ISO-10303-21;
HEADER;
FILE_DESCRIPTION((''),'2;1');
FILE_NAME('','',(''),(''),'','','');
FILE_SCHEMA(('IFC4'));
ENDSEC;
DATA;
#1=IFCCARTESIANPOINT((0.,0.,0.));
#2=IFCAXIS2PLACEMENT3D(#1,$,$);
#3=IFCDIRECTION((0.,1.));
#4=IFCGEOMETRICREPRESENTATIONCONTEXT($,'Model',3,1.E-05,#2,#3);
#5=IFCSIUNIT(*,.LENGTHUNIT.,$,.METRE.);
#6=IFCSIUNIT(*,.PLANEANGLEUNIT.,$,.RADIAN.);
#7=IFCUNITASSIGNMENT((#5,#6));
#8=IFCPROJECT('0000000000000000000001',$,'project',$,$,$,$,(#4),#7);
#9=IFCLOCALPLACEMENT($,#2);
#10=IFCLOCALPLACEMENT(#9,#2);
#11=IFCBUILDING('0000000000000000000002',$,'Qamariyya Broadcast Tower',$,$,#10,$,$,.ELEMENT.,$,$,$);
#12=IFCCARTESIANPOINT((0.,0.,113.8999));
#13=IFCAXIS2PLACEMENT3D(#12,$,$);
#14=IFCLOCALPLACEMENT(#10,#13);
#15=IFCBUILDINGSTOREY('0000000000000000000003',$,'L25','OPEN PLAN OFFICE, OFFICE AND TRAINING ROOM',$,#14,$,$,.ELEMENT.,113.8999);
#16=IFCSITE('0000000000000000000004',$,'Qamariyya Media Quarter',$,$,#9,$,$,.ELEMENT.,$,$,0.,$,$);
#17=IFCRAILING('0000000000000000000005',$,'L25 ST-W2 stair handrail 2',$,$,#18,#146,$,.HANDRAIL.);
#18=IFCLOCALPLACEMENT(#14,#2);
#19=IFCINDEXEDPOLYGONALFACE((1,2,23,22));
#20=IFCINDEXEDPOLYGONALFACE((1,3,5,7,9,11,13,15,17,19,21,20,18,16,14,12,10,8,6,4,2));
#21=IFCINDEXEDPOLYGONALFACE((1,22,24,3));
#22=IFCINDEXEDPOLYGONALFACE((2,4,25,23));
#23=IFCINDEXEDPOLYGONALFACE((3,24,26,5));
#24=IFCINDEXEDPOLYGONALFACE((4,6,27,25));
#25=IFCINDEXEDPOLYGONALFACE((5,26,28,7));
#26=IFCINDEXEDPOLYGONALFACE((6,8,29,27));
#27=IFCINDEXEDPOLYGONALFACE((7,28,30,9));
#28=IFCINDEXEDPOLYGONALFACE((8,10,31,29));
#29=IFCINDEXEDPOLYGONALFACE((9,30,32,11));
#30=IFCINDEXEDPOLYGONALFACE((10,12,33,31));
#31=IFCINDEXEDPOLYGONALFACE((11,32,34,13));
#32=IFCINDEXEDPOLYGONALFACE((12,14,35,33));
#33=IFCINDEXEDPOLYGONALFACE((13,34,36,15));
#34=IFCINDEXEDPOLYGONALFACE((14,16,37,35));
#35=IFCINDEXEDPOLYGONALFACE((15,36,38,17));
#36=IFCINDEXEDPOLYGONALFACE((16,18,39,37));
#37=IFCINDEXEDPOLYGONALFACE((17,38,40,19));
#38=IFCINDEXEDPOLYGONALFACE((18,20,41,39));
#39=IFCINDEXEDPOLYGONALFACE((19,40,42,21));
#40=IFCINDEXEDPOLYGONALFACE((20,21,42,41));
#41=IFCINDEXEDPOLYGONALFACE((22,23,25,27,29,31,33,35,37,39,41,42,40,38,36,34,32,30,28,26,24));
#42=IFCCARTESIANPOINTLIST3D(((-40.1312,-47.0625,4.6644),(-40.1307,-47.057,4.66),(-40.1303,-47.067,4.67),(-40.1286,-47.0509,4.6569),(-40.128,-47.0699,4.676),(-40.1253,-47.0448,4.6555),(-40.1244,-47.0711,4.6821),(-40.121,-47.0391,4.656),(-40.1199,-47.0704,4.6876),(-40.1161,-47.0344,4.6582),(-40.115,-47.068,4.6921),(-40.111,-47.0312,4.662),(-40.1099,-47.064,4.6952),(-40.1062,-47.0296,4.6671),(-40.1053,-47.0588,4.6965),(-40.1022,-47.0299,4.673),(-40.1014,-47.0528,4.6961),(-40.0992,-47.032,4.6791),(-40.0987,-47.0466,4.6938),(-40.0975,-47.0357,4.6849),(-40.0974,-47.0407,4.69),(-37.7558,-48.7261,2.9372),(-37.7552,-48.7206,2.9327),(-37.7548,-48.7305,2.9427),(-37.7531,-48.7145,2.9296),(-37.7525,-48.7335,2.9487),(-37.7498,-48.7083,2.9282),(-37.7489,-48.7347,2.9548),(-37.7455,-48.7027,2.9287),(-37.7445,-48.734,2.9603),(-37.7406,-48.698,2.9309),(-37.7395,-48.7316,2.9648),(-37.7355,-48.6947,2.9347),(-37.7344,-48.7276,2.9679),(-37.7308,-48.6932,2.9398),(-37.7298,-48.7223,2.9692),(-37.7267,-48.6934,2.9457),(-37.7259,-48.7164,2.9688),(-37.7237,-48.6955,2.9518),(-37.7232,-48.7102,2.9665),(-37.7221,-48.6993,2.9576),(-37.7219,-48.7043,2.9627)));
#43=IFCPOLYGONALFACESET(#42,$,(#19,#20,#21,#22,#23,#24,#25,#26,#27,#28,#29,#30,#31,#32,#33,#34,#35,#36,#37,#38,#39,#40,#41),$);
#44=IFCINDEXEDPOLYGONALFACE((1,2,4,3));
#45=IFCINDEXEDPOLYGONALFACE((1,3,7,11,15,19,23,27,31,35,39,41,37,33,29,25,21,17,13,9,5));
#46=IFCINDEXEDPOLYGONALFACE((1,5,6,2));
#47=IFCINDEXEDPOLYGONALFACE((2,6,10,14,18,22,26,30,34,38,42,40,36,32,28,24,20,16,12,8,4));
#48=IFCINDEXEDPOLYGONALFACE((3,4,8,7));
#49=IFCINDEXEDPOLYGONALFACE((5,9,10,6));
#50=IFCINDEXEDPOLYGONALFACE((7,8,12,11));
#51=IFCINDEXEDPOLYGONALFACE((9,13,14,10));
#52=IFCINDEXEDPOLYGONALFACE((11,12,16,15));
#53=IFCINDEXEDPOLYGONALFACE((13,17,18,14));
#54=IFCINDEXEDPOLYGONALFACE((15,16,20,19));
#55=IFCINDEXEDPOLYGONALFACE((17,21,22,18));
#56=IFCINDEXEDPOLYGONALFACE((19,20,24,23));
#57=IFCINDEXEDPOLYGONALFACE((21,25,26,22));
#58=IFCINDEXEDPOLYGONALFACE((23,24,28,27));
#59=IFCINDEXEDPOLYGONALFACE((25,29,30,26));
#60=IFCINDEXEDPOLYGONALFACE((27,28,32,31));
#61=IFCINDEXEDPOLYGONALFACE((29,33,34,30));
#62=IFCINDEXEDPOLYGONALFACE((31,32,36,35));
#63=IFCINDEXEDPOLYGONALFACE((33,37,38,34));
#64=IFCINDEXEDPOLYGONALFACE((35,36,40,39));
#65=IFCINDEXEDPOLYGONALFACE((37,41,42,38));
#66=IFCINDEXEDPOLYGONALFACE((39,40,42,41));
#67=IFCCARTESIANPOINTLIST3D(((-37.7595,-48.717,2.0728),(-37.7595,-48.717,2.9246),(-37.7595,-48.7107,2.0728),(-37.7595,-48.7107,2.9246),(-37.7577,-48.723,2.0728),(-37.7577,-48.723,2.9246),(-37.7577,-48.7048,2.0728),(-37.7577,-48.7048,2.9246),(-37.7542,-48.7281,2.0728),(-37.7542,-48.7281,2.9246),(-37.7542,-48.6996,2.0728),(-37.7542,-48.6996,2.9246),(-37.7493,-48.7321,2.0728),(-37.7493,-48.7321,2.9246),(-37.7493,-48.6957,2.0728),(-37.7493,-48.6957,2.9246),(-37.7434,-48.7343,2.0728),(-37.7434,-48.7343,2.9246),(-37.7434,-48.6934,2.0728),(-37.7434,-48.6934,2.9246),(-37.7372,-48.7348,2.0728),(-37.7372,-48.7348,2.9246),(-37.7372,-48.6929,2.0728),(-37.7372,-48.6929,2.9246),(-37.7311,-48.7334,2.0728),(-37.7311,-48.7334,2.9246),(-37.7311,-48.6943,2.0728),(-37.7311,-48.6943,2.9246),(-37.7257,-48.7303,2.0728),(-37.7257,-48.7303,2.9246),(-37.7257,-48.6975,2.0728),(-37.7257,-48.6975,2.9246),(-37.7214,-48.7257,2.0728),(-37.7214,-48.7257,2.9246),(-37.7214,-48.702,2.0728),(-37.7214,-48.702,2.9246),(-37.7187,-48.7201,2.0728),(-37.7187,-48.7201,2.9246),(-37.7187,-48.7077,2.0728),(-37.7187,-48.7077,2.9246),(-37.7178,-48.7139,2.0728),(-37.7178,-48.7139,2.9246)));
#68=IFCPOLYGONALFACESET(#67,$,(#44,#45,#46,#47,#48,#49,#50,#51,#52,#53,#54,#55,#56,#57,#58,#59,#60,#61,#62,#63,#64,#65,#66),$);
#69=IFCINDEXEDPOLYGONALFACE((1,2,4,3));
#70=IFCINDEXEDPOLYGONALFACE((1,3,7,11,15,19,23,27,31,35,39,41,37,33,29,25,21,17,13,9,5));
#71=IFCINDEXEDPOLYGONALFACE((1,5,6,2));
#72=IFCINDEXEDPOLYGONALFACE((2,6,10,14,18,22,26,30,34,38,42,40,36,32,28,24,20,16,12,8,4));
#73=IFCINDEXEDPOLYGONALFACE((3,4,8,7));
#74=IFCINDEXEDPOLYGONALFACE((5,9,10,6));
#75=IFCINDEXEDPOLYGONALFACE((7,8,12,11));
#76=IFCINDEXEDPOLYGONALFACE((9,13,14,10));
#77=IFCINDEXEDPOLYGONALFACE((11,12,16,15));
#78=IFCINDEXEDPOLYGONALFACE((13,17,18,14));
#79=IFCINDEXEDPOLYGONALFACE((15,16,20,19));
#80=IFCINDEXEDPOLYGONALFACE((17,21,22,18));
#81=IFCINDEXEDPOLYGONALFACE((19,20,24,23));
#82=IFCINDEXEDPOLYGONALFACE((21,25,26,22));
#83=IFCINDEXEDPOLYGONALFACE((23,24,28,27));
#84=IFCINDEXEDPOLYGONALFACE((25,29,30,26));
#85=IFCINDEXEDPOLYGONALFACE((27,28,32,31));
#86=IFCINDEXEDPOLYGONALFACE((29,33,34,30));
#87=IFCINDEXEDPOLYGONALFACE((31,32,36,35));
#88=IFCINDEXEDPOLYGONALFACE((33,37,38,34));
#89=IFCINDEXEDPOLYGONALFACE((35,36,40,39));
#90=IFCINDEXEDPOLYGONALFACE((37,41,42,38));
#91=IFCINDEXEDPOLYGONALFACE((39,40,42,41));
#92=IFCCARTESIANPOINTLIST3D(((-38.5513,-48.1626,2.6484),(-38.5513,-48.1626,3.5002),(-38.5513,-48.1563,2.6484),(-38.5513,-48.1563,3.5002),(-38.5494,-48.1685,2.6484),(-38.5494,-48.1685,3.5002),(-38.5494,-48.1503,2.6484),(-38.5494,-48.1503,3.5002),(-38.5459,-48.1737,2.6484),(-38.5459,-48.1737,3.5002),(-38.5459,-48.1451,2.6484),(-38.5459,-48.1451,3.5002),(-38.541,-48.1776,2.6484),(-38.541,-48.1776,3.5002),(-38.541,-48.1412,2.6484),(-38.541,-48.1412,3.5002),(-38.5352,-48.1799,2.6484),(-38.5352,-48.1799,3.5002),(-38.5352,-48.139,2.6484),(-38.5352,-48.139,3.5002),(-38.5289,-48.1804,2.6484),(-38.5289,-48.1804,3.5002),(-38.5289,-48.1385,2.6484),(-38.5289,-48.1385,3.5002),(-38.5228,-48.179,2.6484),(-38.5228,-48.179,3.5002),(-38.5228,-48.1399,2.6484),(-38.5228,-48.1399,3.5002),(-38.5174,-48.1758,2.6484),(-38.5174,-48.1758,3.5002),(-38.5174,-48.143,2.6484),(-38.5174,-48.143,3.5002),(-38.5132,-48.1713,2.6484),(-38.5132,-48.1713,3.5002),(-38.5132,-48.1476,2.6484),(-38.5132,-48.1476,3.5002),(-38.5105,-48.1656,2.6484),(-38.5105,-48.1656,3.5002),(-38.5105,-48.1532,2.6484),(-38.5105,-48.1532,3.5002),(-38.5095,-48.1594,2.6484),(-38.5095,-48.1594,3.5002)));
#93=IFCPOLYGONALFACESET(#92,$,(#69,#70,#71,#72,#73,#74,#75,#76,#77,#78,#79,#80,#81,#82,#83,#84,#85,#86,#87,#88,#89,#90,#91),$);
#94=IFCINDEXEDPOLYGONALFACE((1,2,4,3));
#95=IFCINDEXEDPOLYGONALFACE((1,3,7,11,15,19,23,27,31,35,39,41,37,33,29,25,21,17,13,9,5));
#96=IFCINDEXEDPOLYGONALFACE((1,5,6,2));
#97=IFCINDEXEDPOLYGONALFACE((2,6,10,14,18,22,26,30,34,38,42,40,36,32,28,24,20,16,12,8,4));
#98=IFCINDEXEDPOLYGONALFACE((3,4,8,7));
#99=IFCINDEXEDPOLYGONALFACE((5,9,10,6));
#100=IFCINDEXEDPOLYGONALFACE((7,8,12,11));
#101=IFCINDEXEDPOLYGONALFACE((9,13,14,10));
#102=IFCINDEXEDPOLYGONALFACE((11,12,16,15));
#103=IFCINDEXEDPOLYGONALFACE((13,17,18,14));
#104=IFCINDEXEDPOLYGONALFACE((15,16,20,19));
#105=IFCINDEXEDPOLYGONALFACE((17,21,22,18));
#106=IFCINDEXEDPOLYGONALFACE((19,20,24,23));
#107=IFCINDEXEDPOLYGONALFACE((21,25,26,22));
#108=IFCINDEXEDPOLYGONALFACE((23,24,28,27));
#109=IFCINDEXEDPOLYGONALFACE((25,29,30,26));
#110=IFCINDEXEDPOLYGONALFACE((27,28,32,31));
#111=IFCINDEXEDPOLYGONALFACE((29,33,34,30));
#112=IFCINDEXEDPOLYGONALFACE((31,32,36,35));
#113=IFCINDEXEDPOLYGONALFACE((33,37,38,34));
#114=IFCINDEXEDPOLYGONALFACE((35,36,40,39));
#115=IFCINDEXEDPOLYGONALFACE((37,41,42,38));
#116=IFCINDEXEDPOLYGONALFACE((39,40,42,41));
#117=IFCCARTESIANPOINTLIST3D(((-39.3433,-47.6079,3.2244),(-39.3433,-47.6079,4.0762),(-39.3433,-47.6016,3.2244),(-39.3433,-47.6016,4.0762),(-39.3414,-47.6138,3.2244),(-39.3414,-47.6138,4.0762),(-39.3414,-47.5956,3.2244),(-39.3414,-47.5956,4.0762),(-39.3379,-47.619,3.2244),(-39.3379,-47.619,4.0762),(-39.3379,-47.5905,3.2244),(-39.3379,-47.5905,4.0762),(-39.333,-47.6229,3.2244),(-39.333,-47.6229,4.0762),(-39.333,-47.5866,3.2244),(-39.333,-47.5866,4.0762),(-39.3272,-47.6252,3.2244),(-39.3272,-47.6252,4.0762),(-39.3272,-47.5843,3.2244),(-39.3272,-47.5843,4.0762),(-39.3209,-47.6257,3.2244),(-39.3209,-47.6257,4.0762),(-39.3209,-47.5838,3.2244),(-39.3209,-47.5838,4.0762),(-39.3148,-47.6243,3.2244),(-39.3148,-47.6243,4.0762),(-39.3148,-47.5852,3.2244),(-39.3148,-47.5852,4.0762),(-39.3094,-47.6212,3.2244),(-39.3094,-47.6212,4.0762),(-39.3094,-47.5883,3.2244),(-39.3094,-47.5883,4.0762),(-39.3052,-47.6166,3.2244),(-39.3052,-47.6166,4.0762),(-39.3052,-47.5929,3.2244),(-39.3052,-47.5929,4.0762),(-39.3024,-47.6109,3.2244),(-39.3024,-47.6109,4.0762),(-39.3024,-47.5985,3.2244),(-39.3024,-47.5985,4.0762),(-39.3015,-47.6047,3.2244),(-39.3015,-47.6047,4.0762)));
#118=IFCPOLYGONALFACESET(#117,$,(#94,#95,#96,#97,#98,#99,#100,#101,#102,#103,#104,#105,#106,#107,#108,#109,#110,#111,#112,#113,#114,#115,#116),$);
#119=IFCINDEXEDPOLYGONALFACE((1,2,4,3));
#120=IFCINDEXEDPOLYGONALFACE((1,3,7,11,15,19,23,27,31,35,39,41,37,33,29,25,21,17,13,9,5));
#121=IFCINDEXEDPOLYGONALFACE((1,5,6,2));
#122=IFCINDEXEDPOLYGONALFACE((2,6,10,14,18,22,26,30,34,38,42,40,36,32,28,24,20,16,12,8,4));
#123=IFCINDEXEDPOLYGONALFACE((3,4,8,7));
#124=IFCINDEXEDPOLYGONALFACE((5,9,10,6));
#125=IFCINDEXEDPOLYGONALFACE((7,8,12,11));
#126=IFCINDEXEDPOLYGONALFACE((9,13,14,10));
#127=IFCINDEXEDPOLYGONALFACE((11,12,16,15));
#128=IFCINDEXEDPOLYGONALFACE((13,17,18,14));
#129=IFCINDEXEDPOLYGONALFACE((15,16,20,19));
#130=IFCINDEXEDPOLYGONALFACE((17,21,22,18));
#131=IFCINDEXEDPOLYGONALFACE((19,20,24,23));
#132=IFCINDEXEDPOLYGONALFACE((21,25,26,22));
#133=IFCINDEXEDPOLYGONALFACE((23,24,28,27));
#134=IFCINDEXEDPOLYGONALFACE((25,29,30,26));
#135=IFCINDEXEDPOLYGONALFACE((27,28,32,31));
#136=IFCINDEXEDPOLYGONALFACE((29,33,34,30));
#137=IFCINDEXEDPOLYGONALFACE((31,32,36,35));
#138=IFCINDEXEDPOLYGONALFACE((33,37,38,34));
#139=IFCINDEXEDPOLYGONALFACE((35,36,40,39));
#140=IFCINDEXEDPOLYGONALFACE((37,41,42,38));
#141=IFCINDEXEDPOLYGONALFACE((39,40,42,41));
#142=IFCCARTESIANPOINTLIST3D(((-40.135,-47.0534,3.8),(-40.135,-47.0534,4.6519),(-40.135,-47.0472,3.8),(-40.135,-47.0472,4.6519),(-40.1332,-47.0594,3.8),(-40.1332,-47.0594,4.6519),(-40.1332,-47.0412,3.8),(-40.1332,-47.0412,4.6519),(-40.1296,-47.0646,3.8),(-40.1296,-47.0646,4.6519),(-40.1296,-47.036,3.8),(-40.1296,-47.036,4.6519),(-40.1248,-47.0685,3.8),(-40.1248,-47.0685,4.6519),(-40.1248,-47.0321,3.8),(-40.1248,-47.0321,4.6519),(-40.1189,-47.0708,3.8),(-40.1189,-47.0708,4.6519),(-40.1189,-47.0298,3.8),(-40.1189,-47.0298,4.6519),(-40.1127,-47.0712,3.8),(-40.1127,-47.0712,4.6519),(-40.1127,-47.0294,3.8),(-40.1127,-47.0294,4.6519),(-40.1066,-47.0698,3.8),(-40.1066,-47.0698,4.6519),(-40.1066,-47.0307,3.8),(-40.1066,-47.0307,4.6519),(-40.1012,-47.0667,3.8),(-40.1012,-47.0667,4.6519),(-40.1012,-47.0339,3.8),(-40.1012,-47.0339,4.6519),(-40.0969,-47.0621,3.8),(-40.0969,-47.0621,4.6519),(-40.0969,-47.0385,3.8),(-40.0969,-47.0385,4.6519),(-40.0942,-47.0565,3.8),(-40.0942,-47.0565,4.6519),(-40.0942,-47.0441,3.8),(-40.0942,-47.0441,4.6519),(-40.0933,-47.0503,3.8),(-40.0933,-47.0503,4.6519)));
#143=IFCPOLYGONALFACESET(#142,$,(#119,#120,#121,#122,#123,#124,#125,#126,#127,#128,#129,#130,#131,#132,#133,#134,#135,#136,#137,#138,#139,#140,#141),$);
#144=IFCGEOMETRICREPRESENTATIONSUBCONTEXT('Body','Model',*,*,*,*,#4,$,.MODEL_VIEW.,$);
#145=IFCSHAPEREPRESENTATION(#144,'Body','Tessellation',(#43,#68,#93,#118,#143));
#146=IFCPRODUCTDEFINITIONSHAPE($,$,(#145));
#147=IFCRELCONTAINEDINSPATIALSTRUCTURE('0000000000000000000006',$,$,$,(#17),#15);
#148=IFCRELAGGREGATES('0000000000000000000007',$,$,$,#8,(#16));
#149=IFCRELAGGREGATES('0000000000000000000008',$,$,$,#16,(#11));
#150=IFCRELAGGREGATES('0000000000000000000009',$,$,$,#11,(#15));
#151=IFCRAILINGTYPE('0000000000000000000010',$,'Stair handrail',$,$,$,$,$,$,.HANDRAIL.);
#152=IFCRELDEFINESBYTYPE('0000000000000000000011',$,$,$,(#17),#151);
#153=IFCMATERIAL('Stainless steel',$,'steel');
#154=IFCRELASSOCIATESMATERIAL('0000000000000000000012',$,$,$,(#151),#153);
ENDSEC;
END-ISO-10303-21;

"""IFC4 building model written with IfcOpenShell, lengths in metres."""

from ifc_helpers import new_model, si_unit, direction, frame, origin, origin_2d, place, context, subcontext, project, spatial, circle, extrude, material, type_object, element, save


model = new_model("IFC4")

# Units and contexts
model_context = context("Model", 3, precision=1e-05, world=origin(), true_north=direction((0.0, 1.0)))
body_context = subcontext(model_context, "Body", "Model", "MODEL_VIEW")
ifc_project = project(units=[si_unit("LENGTHUNIT", "METRE"), si_unit("PLANEANGLEUNIT", "RADIAN")], contexts=[model_context])

# Site, building, storey
site_placement = place(None, origin())
site = spatial("IfcSite", under=ifc_project, at=site_placement, Name="Qamariyya Media Quarter", CompositionType="ELEMENT", RefElevation=0.0)
building_placement = place(site_placement, origin())
building = spatial("IfcBuilding", under=site, at=building_placement, Name="Qamariyya Broadcast Tower", CompositionType="ELEMENT")
storey_placement = place(building_placement, frame((0.0, 0.0, 113.8999)))
storey = spatial("IfcBuildingStorey", under=building, at=storey_placement, Name="L25", Description="OPEN PLAN OFFICE, OFFICE AND TRAINING ROOM", CompositionType="ELEMENT", Elevation=113.8999)

# Railing
ifc_material_1 = material(Name="Stainless steel", Category="steel")
railing_type_1 = type_object("IfcRailingType", Name="Stair handrail", PredefinedType="HANDRAIL", material=ifc_material_1)
railing_1_placement = place(storey_placement, frame((-37.7388, -48.7139, 2.0728)))
element("IfcRailing", 1, at=railing_1_placement, inside=storey, type_object=railing_type_1, Name="L25 ST-W2 stair handrail 2", PredefinedType="HANDRAIL", context=body_context, shape_type="SweptSolid", body=[
    extrude(circle(Radius=0.0239, at=origin_2d()), frame((0.0, 0.0, 0.876), z_axis=(-0.703745, 0.492838, 0.511716), x_axis=(-0.573632, -0.819113, 0.0)), (0.0, 0.0, 1.0), 3.3755),
    extrude(circle(Radius=0.021, at=origin_2d()), origin(), (0.0, 0.0, 1.0), 0.8518),
    extrude(circle(Radius=0.021, at=origin_2d()), frame((-0.7917, 0.5544, 0.5757)), (0.0, 0.0, 1.0), 0.8518),
    extrude(circle(Radius=0.021, at=origin_2d()), frame((-1.5837, 1.1091, 1.1516)), (0.0, 0.0, 1.0), 0.8518),
    extrude(circle(Radius=0.021, at=origin_2d()), frame((-2.3755, 1.6636, 1.7273)), (0.0, 0.0, 1.0), 0.8518),
])

save(model, "model.ifc")
